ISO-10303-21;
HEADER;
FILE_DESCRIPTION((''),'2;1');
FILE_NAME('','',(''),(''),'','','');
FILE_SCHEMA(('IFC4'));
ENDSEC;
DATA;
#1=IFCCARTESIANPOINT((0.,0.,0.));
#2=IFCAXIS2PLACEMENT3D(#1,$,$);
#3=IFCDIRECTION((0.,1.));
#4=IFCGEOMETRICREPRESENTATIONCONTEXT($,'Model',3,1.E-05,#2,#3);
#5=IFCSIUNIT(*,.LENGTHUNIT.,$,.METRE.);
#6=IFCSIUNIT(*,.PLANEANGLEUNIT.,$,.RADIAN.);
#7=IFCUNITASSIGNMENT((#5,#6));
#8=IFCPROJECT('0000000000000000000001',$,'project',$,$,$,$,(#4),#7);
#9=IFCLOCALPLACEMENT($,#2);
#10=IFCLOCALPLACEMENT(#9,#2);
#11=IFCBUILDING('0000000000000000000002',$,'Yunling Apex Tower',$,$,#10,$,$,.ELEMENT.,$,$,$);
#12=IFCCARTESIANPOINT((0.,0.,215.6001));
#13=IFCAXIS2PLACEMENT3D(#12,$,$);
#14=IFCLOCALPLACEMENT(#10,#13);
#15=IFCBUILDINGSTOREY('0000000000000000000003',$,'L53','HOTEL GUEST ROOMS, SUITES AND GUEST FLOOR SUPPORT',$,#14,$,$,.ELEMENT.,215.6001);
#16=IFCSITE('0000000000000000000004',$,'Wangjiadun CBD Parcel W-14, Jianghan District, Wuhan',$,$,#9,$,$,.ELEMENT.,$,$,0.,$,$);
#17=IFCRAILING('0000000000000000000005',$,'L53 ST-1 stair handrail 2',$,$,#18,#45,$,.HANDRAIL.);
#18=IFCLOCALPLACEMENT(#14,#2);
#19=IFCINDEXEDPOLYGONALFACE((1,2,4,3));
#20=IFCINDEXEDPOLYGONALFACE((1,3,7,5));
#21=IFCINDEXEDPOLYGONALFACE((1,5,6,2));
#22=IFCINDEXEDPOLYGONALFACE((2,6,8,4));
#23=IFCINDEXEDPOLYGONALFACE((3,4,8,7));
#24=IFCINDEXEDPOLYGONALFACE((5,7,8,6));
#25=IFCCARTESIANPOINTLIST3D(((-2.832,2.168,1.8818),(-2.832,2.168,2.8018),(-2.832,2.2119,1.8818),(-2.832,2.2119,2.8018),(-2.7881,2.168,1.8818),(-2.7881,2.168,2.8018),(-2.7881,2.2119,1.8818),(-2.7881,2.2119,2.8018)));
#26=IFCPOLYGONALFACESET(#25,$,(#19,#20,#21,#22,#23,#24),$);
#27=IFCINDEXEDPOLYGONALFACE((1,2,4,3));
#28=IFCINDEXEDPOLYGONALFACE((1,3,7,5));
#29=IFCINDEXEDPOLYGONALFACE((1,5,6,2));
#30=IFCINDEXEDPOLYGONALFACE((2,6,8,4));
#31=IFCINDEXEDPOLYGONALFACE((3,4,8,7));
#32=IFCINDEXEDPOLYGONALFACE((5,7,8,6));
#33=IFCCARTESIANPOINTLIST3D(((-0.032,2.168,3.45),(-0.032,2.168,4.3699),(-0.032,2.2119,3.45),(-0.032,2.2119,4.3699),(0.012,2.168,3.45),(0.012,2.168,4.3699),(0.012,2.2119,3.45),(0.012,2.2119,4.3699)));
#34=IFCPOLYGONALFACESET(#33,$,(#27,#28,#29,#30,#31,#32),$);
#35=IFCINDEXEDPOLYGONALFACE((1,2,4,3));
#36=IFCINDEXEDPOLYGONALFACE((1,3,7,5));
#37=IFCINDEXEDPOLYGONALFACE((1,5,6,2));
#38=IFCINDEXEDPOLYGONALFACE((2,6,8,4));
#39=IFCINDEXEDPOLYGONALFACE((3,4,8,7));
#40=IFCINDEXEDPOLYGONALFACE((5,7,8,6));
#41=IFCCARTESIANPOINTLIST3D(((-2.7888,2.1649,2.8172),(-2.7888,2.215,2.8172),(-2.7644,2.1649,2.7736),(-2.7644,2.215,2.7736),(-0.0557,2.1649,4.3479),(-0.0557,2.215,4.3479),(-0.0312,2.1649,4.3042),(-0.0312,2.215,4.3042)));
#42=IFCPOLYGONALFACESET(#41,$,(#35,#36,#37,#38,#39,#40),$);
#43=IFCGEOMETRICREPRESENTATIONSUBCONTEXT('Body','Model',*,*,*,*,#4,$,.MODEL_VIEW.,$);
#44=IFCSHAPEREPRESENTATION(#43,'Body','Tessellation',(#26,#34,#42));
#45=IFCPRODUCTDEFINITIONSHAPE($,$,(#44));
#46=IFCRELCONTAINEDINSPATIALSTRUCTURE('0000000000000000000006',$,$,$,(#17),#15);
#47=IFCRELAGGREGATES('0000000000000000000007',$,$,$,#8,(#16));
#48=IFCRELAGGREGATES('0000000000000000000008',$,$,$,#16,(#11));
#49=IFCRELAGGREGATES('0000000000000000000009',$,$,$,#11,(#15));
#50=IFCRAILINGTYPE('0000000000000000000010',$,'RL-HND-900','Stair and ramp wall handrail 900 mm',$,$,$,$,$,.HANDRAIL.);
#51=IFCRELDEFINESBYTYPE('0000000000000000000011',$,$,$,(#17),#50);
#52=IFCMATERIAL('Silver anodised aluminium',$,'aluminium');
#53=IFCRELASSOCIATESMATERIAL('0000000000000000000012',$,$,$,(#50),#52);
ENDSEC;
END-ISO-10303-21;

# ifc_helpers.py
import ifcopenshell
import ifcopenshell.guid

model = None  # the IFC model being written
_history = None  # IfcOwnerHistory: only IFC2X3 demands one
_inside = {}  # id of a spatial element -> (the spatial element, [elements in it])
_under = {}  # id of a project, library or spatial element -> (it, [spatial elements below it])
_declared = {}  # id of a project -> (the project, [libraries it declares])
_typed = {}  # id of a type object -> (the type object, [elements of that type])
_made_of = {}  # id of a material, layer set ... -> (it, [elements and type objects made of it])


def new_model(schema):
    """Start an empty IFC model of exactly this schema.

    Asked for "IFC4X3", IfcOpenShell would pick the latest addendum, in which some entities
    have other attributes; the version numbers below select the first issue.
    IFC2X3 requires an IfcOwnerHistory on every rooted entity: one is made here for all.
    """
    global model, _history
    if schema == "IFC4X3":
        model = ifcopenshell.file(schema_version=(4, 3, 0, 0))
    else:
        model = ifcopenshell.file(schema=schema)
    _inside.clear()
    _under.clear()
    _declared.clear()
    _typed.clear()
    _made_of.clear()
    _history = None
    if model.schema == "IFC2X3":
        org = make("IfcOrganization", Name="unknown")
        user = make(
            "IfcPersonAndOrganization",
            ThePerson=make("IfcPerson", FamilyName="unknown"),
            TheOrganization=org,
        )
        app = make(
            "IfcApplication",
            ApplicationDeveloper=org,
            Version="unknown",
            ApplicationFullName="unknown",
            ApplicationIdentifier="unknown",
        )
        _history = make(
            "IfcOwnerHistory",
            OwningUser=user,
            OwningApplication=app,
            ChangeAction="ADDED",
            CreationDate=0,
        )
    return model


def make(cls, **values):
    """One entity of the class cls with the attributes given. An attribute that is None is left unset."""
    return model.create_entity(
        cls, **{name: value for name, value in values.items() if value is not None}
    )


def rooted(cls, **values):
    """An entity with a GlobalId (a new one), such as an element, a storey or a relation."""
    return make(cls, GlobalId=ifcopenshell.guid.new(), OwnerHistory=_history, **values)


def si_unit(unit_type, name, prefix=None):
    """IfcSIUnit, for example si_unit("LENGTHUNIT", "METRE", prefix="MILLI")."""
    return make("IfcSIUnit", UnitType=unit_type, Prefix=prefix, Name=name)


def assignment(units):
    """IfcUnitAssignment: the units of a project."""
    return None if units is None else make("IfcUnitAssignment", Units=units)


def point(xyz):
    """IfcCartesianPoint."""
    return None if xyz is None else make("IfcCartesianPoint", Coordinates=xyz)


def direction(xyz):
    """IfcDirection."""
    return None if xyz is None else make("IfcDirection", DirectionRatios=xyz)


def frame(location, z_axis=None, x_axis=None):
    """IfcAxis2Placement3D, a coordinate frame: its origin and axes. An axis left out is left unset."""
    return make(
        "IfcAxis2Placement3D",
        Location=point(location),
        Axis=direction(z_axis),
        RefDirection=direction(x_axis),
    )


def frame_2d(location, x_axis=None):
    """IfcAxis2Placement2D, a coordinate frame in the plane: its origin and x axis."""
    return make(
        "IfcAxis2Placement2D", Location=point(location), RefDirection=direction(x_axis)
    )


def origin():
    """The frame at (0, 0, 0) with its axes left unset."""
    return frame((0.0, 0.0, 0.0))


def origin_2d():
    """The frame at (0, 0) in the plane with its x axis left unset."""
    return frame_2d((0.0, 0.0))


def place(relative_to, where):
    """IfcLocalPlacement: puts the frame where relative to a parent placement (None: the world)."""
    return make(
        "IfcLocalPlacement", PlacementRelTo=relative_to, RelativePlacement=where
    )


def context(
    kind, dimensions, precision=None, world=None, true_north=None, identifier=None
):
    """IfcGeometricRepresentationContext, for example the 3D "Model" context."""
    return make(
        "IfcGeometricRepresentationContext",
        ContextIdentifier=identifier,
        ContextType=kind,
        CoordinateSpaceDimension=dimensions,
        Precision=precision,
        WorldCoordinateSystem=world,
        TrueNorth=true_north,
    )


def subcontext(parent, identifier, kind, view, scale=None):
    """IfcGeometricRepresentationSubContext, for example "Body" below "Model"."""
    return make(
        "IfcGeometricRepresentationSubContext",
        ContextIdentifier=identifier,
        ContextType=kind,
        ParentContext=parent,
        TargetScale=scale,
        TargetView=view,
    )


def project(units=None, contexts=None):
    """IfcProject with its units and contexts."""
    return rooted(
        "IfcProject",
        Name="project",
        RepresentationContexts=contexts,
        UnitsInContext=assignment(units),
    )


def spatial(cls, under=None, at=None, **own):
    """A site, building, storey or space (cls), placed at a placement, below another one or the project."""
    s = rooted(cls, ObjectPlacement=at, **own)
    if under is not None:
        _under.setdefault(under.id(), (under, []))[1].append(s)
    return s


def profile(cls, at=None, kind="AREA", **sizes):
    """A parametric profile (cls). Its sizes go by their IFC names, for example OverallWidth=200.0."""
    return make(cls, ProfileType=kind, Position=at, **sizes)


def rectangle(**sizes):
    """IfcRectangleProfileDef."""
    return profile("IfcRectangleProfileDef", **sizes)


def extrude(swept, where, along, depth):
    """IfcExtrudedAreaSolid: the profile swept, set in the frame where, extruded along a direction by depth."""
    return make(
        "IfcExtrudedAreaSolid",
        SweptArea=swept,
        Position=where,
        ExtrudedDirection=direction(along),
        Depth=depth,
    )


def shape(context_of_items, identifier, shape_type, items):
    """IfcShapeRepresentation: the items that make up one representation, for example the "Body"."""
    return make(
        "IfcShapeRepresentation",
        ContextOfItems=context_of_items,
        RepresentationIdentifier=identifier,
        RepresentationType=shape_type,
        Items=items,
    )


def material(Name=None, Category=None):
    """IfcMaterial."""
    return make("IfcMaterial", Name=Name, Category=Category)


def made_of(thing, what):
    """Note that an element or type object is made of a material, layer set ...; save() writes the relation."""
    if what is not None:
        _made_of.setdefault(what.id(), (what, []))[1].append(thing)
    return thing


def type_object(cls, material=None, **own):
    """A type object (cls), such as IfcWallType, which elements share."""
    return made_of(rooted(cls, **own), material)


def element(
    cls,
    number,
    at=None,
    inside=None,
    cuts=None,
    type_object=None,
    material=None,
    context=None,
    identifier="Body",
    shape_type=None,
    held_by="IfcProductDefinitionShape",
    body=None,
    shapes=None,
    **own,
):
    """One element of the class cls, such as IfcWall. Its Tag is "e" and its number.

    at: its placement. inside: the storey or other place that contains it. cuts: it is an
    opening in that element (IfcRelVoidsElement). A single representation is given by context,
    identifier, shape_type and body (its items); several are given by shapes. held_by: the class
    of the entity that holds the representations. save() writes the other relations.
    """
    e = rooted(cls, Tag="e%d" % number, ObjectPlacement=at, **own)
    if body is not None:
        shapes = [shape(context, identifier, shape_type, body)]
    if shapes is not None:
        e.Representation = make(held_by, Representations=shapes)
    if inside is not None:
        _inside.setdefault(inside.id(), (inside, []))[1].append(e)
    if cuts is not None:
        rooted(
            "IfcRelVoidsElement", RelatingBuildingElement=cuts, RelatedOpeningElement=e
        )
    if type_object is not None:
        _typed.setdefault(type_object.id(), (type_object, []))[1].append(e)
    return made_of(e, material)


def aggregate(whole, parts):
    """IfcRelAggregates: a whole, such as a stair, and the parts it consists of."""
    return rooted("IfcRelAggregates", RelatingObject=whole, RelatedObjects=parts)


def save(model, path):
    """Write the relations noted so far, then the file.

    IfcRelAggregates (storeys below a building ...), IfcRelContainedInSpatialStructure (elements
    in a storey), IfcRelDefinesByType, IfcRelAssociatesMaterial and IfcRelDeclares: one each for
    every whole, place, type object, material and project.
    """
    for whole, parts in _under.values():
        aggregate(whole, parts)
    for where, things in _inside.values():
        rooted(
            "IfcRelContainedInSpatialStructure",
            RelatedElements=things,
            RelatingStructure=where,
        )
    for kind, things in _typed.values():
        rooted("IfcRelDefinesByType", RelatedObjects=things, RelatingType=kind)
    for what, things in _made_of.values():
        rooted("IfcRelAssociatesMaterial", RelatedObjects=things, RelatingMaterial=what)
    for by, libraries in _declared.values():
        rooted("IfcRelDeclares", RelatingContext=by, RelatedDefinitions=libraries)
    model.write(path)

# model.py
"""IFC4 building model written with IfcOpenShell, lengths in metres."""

from ifc_helpers import new_model, si_unit, direction, frame, origin, origin_2d, place, context, subcontext, project, spatial, rectangle, extrude, material, type_object, element, save


model = new_model("IFC4")

# Units and contexts
model_context = context("Model", 3, precision=1e-05, world=origin(), true_north=direction((0.0, 1.0)))
body_context = subcontext(model_context, "Body", "Model", "MODEL_VIEW")
ifc_project = project(units=[si_unit("LENGTHUNIT", "METRE"), si_unit("PLANEANGLEUNIT", "RADIAN")], contexts=[model_context])

# Site, building, storey
site_placement = place(None, origin())
site = spatial("IfcSite", under=ifc_project, at=site_placement, Name="Wangjiadun CBD Parcel W-14, Jianghan District, Wuhan", CompositionType="ELEMENT", RefElevation=0.0)
building_placement = place(site_placement, origin())
building = spatial("IfcBuilding", under=site, at=building_placement, Name="Yunling Apex Tower", CompositionType="ELEMENT")
storey_placement = place(building_placement, frame((0.0, 0.0, 215.6001)))
storey = spatial("IfcBuildingStorey", under=building, at=storey_placement, Name="L53", Description="HOTEL GUEST ROOMS, SUITES AND GUEST FLOOR SUPPORT", CompositionType="ELEMENT", Elevation=215.6001)

# Shared definitions
ifc_material_1 = material(Name="Silver anodised aluminium", Category="aluminium")

# Railing
railing_type_1 = type_object("IfcRailingType", Name="RL-HND-900", Description="Stair and ramp wall handrail 900 mm", PredefinedType="HANDRAIL", material=ifc_material_1)
railing_1_placement = place(storey_placement, frame((-2.8101, 2.1899, 1.8818)))
element("IfcRailing", 1, at=railing_1_placement, inside=storey, type_object=railing_type_1, Name="L53 ST-1 stair handrail 2", PredefinedType="HANDRAIL", context=body_context, shape_type="SweptSolid", body=[
    extrude(rectangle(XDim=0.0439, YDim=0.0439, at=origin_2d()), origin(), (0.0, 0.0, 1.0), 0.9199),
    extrude(rectangle(XDim=0.0439, YDim=0.0439, at=origin_2d()), frame((2.8, 0.0, 1.5681)), (0.0, 0.0, 1.0), 0.9199),
    extrude(rectangle(XDim=0.05, YDim=0.05, at=origin_2d()), frame((0.0334, 0.0, 0.9136), z_axis=(0.872494, 0.0, 0.488624), x_axis=(0.0, 1.0, 0.0)), (0.0, 0.0, 1.0), 3.1326),
])

save(model, "model.ifc")
